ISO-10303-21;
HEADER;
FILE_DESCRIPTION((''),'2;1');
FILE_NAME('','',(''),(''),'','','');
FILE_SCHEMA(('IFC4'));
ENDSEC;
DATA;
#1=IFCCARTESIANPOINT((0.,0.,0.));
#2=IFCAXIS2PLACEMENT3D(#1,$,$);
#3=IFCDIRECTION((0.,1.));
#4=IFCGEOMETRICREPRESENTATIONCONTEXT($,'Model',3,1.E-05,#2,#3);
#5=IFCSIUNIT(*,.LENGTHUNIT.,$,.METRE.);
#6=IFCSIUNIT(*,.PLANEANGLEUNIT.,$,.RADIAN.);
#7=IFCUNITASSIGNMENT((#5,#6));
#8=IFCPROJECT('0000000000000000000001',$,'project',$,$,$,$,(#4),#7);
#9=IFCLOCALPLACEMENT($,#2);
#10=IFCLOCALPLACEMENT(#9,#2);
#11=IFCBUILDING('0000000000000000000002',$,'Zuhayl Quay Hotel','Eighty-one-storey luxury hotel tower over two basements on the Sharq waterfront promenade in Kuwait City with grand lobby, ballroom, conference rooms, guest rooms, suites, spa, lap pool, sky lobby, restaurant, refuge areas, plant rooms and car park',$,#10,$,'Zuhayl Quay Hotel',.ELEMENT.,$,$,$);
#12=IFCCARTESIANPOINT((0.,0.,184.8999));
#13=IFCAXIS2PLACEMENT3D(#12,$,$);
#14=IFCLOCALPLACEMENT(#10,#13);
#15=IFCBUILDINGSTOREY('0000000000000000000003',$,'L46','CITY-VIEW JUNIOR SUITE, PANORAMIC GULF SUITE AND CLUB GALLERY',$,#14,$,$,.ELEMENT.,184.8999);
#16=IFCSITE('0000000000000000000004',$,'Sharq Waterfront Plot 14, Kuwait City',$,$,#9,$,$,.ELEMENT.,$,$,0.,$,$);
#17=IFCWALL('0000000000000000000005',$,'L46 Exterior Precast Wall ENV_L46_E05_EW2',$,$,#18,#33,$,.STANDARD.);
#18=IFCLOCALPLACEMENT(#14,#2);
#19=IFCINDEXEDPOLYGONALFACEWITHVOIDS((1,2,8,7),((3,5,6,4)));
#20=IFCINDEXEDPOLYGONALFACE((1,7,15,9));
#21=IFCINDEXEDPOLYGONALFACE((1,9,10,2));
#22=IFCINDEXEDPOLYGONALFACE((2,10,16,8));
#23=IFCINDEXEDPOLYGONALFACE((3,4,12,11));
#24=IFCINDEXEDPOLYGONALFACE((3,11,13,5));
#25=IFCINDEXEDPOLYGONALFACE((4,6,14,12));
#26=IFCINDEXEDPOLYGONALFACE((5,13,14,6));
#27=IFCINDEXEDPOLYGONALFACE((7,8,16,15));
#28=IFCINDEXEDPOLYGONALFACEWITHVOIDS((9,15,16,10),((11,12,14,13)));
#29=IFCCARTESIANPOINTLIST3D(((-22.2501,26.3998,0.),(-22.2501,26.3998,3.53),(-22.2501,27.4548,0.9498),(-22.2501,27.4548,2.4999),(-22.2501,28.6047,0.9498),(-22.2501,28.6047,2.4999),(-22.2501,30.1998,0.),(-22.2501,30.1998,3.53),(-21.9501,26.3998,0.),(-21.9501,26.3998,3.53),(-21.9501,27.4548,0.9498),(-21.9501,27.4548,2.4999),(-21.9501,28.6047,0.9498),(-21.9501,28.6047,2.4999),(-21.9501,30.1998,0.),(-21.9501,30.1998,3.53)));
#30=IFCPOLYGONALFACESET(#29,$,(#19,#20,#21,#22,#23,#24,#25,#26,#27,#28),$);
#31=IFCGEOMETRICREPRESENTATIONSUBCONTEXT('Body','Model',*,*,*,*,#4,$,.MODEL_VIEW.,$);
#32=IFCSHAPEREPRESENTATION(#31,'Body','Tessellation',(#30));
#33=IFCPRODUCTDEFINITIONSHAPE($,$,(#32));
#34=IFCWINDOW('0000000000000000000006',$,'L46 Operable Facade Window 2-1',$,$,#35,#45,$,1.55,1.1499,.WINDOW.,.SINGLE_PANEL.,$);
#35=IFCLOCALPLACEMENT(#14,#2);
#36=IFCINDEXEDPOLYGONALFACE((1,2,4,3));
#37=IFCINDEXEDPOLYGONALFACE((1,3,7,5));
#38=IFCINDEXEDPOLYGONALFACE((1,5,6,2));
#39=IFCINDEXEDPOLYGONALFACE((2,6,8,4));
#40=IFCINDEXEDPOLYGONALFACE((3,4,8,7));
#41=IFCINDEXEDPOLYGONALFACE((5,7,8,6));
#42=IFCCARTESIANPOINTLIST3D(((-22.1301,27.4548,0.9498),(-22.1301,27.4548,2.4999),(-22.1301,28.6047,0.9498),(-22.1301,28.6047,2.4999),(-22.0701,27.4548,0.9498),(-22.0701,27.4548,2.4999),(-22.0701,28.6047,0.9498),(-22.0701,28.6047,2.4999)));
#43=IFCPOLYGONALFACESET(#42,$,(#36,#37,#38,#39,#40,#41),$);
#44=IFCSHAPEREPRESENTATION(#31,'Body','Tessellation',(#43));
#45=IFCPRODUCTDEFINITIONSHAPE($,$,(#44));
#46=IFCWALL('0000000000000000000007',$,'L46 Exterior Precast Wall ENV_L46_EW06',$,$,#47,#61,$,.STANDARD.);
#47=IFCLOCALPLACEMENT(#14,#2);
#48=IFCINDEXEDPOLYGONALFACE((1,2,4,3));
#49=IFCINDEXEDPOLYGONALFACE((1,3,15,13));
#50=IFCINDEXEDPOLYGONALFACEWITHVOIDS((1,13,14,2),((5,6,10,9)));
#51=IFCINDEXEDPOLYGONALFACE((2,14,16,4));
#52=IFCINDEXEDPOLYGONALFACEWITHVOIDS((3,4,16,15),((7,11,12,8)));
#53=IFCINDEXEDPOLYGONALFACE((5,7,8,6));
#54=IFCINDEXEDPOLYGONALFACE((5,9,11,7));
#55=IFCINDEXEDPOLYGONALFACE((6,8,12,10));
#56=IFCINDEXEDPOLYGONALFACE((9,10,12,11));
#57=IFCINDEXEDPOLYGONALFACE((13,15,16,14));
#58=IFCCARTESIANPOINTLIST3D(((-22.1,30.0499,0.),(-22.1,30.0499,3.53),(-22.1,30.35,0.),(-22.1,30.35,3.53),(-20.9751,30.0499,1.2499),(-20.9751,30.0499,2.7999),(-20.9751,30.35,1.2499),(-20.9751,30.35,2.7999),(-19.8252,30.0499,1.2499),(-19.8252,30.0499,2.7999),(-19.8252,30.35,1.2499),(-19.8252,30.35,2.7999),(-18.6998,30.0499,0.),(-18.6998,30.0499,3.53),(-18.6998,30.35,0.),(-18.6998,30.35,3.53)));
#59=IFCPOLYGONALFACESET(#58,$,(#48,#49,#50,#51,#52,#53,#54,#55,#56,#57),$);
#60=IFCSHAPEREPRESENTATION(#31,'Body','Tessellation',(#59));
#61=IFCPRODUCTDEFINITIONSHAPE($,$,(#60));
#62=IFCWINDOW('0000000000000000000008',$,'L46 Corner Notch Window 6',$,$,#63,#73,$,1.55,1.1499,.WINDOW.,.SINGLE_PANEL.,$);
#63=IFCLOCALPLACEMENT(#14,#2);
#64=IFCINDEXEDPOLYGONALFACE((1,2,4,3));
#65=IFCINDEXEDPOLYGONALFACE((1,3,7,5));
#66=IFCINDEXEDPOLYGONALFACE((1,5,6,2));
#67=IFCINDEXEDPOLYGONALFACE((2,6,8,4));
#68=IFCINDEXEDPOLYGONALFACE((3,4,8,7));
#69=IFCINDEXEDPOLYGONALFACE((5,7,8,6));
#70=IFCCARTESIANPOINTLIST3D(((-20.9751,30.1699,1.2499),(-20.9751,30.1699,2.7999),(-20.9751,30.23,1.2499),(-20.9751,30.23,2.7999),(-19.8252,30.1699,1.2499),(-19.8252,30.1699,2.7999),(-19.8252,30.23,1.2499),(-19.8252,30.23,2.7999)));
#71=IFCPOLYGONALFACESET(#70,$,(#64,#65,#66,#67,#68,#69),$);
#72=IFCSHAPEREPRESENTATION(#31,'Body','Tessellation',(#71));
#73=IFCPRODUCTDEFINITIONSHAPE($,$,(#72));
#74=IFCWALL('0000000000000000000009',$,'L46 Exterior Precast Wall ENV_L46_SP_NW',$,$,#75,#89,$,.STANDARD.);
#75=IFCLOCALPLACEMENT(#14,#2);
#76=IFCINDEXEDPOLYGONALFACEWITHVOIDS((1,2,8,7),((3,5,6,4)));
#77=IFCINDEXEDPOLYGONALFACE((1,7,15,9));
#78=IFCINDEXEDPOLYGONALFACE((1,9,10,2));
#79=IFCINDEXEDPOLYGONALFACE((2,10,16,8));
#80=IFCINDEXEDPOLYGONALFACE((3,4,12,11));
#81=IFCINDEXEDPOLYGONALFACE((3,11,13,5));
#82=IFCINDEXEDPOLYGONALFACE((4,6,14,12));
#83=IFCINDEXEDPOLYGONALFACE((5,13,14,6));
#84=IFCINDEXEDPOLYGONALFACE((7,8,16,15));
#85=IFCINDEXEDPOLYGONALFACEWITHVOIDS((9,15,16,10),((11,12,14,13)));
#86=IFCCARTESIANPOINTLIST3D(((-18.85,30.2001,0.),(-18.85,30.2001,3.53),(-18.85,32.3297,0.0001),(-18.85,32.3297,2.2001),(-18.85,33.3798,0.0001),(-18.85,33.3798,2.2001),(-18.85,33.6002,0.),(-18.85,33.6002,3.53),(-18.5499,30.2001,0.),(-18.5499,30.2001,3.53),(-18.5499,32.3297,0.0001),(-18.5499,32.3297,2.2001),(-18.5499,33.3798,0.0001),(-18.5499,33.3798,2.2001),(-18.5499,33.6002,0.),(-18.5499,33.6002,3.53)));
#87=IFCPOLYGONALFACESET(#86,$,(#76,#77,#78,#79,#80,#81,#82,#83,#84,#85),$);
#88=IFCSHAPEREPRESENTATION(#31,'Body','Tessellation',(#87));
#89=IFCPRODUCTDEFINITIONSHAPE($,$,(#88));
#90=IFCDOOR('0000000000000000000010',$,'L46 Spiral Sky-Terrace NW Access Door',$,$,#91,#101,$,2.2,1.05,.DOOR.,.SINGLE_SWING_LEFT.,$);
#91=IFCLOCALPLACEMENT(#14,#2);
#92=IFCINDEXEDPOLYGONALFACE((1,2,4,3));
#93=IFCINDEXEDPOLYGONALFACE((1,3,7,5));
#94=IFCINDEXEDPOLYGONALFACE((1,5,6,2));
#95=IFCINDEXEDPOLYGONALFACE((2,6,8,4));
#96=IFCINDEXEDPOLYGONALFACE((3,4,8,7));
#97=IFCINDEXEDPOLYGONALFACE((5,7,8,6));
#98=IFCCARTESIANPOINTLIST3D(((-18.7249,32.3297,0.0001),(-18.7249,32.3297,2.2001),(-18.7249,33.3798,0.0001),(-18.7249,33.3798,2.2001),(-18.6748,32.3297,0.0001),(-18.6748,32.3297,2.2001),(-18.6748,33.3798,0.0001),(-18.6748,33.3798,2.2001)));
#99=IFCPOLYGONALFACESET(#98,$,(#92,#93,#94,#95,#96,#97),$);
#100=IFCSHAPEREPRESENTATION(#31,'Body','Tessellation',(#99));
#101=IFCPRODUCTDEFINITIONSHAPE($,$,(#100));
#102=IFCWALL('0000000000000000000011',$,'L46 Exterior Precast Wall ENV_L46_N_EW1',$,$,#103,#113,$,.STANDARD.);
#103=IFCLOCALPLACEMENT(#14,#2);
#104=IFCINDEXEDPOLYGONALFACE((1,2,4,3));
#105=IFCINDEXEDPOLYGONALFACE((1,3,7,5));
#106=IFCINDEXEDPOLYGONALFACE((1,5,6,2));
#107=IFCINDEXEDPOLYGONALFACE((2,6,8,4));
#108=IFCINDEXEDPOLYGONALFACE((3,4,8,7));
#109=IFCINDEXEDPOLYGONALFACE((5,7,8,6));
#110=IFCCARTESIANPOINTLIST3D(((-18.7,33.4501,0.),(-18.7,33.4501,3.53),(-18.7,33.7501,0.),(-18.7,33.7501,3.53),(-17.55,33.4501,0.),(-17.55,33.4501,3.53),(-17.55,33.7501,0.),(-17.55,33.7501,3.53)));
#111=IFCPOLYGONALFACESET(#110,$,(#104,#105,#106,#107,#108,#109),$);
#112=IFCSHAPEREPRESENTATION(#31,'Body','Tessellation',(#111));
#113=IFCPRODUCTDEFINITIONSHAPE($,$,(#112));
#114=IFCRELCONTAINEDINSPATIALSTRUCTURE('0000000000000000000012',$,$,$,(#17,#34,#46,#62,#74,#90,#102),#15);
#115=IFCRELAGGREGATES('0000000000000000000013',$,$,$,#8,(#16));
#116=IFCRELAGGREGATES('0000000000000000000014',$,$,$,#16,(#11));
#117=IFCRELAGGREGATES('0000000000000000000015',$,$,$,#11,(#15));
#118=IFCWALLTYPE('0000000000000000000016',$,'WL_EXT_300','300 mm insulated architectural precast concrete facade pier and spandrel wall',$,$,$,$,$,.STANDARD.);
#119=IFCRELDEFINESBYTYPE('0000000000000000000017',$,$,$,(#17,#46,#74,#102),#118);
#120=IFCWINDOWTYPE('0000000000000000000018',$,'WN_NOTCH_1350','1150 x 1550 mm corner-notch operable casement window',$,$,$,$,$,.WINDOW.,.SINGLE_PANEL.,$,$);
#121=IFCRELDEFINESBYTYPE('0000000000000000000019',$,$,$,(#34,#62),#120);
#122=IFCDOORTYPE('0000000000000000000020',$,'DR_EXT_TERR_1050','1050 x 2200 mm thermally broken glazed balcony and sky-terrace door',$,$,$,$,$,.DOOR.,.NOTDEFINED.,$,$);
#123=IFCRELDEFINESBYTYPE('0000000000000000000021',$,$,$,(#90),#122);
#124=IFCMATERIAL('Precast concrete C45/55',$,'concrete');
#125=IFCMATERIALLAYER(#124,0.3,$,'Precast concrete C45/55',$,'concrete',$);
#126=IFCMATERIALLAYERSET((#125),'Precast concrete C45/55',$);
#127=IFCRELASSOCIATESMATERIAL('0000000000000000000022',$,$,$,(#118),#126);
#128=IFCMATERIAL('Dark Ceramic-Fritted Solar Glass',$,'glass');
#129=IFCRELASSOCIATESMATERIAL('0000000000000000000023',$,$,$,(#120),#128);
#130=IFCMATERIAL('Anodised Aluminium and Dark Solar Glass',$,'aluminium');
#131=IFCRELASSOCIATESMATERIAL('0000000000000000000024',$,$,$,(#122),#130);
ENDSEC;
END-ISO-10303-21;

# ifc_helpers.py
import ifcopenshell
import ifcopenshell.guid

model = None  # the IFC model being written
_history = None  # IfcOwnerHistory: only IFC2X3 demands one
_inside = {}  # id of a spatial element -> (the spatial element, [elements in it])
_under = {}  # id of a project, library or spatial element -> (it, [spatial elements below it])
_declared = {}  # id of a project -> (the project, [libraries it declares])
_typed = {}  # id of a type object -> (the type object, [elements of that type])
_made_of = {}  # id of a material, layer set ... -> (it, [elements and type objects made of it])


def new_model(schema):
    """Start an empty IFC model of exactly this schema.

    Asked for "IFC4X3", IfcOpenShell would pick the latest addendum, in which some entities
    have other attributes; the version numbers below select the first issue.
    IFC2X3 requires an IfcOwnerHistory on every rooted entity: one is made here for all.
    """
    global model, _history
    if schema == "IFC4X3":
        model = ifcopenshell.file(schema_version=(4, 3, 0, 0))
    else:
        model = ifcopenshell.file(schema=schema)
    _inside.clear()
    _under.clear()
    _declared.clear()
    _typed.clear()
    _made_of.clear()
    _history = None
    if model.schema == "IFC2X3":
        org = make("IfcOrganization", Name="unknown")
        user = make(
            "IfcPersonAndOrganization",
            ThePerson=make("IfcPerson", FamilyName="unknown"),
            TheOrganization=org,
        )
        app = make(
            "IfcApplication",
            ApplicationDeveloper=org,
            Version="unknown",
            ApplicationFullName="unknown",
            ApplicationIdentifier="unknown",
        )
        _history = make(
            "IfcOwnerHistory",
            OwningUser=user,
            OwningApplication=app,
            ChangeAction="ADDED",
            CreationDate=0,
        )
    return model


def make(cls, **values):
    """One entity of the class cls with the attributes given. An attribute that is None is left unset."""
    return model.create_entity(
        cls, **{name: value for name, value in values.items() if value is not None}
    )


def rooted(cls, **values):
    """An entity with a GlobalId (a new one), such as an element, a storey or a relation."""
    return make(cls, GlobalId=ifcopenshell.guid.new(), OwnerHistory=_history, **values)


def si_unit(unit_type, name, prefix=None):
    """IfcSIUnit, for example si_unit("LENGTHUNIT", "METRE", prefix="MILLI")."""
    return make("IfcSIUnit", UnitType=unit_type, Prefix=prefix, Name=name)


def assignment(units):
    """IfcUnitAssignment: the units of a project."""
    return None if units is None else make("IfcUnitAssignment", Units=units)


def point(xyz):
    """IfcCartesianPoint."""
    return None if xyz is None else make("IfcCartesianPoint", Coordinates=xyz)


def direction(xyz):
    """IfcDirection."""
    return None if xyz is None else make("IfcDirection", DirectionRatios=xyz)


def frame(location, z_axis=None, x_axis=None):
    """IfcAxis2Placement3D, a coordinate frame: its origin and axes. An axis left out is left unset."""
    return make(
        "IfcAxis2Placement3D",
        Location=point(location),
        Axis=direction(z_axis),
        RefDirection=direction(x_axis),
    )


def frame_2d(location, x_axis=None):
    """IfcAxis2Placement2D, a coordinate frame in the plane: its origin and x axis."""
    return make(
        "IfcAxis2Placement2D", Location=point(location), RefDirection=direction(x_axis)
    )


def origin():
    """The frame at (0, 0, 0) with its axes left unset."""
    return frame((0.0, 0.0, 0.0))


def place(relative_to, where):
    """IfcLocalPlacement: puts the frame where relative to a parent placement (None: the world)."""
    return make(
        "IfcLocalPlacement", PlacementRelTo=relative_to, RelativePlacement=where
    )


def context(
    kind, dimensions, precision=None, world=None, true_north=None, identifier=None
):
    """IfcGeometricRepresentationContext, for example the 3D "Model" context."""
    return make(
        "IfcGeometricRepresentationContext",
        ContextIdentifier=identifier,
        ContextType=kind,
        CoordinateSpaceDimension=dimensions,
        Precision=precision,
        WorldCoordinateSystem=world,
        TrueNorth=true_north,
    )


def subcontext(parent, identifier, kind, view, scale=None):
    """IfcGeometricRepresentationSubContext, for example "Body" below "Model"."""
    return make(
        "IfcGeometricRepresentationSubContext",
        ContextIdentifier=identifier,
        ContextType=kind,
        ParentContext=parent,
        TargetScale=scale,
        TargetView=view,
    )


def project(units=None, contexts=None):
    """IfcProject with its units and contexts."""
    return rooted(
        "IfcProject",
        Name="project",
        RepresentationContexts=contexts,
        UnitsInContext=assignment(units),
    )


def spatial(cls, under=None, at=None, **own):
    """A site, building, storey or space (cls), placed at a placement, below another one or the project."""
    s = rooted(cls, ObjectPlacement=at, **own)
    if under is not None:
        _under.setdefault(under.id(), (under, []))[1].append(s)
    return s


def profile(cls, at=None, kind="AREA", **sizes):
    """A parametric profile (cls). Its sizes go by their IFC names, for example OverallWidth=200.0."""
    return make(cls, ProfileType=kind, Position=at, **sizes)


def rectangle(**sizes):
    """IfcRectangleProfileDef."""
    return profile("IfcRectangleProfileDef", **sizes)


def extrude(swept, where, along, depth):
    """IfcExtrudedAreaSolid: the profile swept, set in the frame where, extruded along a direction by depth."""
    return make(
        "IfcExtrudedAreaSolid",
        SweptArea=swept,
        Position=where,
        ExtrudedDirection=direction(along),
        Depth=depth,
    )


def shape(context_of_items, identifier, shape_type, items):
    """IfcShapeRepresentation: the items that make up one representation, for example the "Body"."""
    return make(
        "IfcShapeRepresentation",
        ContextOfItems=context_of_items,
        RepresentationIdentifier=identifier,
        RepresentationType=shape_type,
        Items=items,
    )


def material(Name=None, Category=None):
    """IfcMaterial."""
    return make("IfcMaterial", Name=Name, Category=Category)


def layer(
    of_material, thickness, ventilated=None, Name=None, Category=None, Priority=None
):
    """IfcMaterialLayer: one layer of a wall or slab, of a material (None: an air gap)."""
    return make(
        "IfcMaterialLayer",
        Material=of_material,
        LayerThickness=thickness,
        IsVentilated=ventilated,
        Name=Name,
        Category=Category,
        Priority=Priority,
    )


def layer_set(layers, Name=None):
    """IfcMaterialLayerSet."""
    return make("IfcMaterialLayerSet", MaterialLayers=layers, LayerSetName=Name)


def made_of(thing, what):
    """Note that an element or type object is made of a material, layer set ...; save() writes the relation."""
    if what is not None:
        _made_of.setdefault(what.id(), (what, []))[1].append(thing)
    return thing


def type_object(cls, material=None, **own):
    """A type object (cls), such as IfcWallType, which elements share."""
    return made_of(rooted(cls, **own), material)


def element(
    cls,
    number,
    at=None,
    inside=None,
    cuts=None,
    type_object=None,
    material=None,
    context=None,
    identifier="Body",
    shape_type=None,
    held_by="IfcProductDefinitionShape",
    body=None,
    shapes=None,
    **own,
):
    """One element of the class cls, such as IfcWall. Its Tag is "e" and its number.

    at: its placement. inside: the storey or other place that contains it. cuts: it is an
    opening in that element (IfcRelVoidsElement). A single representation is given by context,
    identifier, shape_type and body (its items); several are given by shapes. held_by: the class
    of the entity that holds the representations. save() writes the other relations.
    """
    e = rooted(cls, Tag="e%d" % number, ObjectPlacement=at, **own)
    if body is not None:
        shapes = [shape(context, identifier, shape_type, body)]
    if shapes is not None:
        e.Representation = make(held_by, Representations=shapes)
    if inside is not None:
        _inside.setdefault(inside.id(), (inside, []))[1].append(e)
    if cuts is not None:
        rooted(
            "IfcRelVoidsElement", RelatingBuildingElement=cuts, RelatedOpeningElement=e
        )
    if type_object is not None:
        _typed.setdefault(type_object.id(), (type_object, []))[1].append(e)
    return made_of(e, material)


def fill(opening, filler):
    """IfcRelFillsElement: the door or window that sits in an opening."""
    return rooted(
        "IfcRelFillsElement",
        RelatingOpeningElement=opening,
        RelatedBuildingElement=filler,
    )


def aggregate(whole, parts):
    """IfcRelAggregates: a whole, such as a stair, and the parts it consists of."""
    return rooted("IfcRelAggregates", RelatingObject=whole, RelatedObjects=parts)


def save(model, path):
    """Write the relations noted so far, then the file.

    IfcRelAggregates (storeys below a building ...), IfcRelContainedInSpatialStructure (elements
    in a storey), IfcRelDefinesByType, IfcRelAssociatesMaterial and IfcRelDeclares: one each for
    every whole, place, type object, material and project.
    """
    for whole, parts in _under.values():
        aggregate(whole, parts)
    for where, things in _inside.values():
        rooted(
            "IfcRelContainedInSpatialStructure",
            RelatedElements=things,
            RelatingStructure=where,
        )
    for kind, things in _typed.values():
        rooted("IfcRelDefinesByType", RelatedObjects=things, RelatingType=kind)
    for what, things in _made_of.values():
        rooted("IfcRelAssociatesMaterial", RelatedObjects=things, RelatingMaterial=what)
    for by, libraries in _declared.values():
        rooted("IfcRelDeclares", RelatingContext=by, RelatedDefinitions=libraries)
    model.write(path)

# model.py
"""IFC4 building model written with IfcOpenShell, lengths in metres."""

from ifc_helpers import new_model, si_unit, direction, frame, frame_2d, origin, place, context, subcontext, project, spatial, rectangle, extrude, material, layer, layer_set, type_object, element, fill, save


model = new_model("IFC4")

# Units and contexts
model_context = context("Model", 3, precision=1e-05, world=origin(), true_north=direction((0.0, 1.0)))
body_context = subcontext(model_context, "Body", "Model", "MODEL_VIEW")
ifc_project = project(units=[si_unit("LENGTHUNIT", "METRE"), si_unit("PLANEANGLEUNIT", "RADIAN")], contexts=[model_context])

# Site, building, storey
site_placement = place(None, origin())
site = spatial("IfcSite", under=ifc_project, at=site_placement, Name="Sharq Waterfront Plot 14, Kuwait City", CompositionType="ELEMENT", RefElevation=0.0)
building_placement = place(site_placement, origin())
building = spatial("IfcBuilding", under=site, at=building_placement, Name="Zuhayl Quay Hotel", Description="Eighty-one-storey luxury hotel tower over two basements on the Sharq waterfront promenade in Kuwait City with grand lobby, ballroom, conference rooms, guest rooms, suites, spa, lap pool, sky lobby, restaurant, refuge areas, plant rooms and car park", LongName="Zuhayl Quay Hotel", CompositionType="ELEMENT")
storey_placement = place(building_placement, frame((0.0, 0.0, 184.8999)))
storey = spatial("IfcBuildingStorey", under=building, at=storey_placement, Name="L46", Description="CITY-VIEW JUNIOR SUITE, PANORAMIC GULF SUITE AND CLUB GALLERY", CompositionType="ELEMENT", Elevation=184.8999)

# Shared definitions
ifc_material_1 = material(Name="Dark Ceramic-Fritted Solar Glass", Category="glass")

# Walls, openings, windows
ifc_material_2 = material(Name="Precast concrete C45/55", Category="concrete")
ifc_layer_1 = layer(ifc_material_2, 0.3, Name="Precast concrete C45/55", Category="concrete")
ifc_layer_set_1 = layer_set([ifc_layer_1], Name="Precast concrete C45/55")
wall_type_1 = type_object("IfcWallType", Name="WL_EXT_300", Description="300 mm insulated architectural precast concrete facade pier and spandrel wall", PredefinedType="STANDARD", material=ifc_layer_set_1)
wall_1_placement = place(storey_placement, frame((-22.1001, 26.3999, 0.0), z_axis=(0.0, 0.0, 1.0), x_axis=(0.0, 1.0, 0.0)))
wall_1 = element("IfcWall", 1, at=wall_1_placement, inside=storey, type_object=wall_type_1, Name="L46 Exterior Precast Wall ENV_L46_E05_EW2", PredefinedType="STANDARD", context=body_context, shape_type="SweptSolid", body=[
    extrude(rectangle(XDim=3.8, YDim=0.3, at=frame_2d((1.8999, 0.0))), origin(), (0.0, 0.0, 1.0), 3.53),
])
opening_1_placement = place(wall_1_placement, frame((1.0549, 0.0, 0.95)))
opening_1 = element("IfcOpeningElement", 2, at=opening_1_placement, cuts=wall_1, PredefinedType="OPENING", context=body_context, shape_type="SweptSolid", body=[
    extrude(rectangle(XDim=1.1499, YDim=1.55, at=frame_2d((0.575, 0.7749))), frame((0.0, 0.1599, 0.0), z_axis=(0.0, -1.0, 0.0), x_axis=(1.0, 0.0, 0.0)), (0.0, 0.0, 1.0), 0.3201),
])
window_type_1 = type_object("IfcWindowType", Name="WN_NOTCH_1350", Description="1150 x 1550 mm corner-notch operable casement window", PartitioningType="SINGLE_PANEL", PredefinedType="WINDOW", material=ifc_material_1)
window_1_placement = place(opening_1_placement, origin())
window_1 = element("IfcWindow", 3, at=window_1_placement, inside=storey, type_object=window_type_1, Name="L46 Operable Facade Window 2-1", OverallHeight=1.55, OverallWidth=1.1499, PartitioningType="SINGLE_PANEL", PredefinedType="WINDOW", context=body_context, shape_type="SweptSolid", body=[
    extrude(rectangle(XDim=1.1499, YDim=1.55, at=frame_2d((0.575, 0.7749))), frame((0.0, 0.03, 0.0), z_axis=(0.0, -1.0, 0.0), x_axis=(1.0, 0.0, 0.0)), (0.0, 0.0, 1.0), 0.0601),
])
fill(opening_1, window_1)
wall_2_placement = place(storey_placement, frame((-22.1001, 30.2, 0.0), z_axis=(0.0, 0.0, 1.0), x_axis=(1.0, 0.0, 0.0)))
wall_2 = element("IfcWall", 4, at=wall_2_placement, inside=storey, type_object=wall_type_1, Name="L46 Exterior Precast Wall ENV_L46_EW06", PredefinedType="STANDARD", context=body_context, shape_type="SweptSolid", body=[
    extrude(rectangle(XDim=3.4001, YDim=0.3, at=frame_2d((1.7002, 0.0))), origin(), (0.0, 0.0, 1.0), 3.53),
])
opening_2_placement = place(wall_2_placement, frame((1.125, 0.0, 1.25)))
opening_2 = element("IfcOpeningElement", 5, at=opening_2_placement, cuts=wall_2, PredefinedType="OPENING", context=body_context, shape_type="SweptSolid", body=[
    extrude(rectangle(XDim=1.1499, YDim=1.55, at=frame_2d((0.575, 0.7749))), frame((0.0, 0.1599, 0.0), z_axis=(0.0, -1.0, 0.0), x_axis=(1.0, 0.0, 0.0)), (0.0, 0.0, 1.0), 0.3201),
])
window_2_placement = place(opening_2_placement, origin())
window_2 = element("IfcWindow", 6, at=window_2_placement, inside=storey, type_object=window_type_1, Name="L46 Corner Notch Window 6", OverallHeight=1.55, OverallWidth=1.1499, PartitioningType="SINGLE_PANEL", PredefinedType="WINDOW", context=body_context, shape_type="SweptSolid", body=[
    extrude(rectangle(XDim=1.1499, YDim=1.55, at=frame_2d((0.575, 0.7749))), frame((0.0, 0.03, 0.0), z_axis=(0.0, -1.0, 0.0), x_axis=(1.0, 0.0, 0.0)), (0.0, 0.0, 1.0), 0.0601),
])
fill(opening_2, window_2)

# Wall, opening, door
wall_3_placement = place(storey_placement, frame((-18.7, 30.2, 0.0), z_axis=(0.0, 0.0, 1.0), x_axis=(0.0, 1.0, 0.0)))
wall_3 = element("IfcWall", 7, at=wall_3_placement, inside=storey, type_object=wall_type_1, Name="L46 Exterior Precast Wall ENV_L46_SP_NW", PredefinedType="STANDARD", context=body_context, shape_type="SweptSolid", body=[
    extrude(rectangle(XDim=3.4001, YDim=0.3, at=frame_2d((1.7002, 0.0))), origin(), (0.0, 0.0, 1.0), 3.53),
])
opening_3_placement = place(wall_3_placement, frame((2.1299, 0.0, 0.0)))
opening_3 = element("IfcOpeningElement", 8, at=opening_3_placement, cuts=wall_3, PredefinedType="OPENING", context=body_context, shape_type="SweptSolid", body=[
    extrude(rectangle(XDim=1.05, YDim=2.2, at=frame_2d((0.5249, 1.1001))), frame((0.0, 0.1599, 0.0), z_axis=(0.0, -1.0, 0.0), x_axis=(1.0, 0.0, 0.0)), (0.0, 0.0, 1.0), 0.3201),
])
ifc_material_3 = material(Name="Anodised Aluminium and Dark Solar Glass", Category="aluminium")
door_type_1 = type_object("IfcDoorType", Name="DR_EXT_TERR_1050", Description="1050 x 2200 mm thermally broken glazed balcony and sky-terrace door", OperationType="NOTDEFINED", PredefinedType="DOOR", material=ifc_material_3)
door_1_placement = place(opening_3_placement, origin())
door_1 = element("IfcDoor", 9, at=door_1_placement, inside=storey, type_object=door_type_1, Name="L46 Spiral Sky-Terrace NW Access Door", OperationType="SINGLE_SWING_LEFT", OverallHeight=2.2, OverallWidth=1.05, PredefinedType="DOOR", context=body_context, shape_type="SweptSolid", body=[
    extrude(rectangle(XDim=1.05, YDim=2.2, at=frame_2d((0.5249, 1.1001))), frame((0.0, 0.0249, 0.0), z_axis=(0.0, -1.0, 0.0), x_axis=(1.0, 0.0, 0.0)), (0.0, 0.0, 1.0), 0.05),
])
fill(opening_3, door_1)

# Wall
wall_4_placement = place(storey_placement, frame((-18.7, 33.6001, 0.0), z_axis=(0.0, 0.0, 1.0), x_axis=(1.0, 0.0, 0.0)))
element("IfcWall", 10, at=wall_4_placement, inside=storey, type_object=wall_type_1, Name="L46 Exterior Precast Wall ENV_L46_N_EW1", PredefinedType="STANDARD", context=body_context, shape_type="SweptSolid", body=[
    extrude(rectangle(XDim=1.1499, YDim=0.3, at=frame_2d((0.575, 0.0))), origin(), (0.0, 0.0, 1.0), 3.53),
])

save(model, "model.ifc")
